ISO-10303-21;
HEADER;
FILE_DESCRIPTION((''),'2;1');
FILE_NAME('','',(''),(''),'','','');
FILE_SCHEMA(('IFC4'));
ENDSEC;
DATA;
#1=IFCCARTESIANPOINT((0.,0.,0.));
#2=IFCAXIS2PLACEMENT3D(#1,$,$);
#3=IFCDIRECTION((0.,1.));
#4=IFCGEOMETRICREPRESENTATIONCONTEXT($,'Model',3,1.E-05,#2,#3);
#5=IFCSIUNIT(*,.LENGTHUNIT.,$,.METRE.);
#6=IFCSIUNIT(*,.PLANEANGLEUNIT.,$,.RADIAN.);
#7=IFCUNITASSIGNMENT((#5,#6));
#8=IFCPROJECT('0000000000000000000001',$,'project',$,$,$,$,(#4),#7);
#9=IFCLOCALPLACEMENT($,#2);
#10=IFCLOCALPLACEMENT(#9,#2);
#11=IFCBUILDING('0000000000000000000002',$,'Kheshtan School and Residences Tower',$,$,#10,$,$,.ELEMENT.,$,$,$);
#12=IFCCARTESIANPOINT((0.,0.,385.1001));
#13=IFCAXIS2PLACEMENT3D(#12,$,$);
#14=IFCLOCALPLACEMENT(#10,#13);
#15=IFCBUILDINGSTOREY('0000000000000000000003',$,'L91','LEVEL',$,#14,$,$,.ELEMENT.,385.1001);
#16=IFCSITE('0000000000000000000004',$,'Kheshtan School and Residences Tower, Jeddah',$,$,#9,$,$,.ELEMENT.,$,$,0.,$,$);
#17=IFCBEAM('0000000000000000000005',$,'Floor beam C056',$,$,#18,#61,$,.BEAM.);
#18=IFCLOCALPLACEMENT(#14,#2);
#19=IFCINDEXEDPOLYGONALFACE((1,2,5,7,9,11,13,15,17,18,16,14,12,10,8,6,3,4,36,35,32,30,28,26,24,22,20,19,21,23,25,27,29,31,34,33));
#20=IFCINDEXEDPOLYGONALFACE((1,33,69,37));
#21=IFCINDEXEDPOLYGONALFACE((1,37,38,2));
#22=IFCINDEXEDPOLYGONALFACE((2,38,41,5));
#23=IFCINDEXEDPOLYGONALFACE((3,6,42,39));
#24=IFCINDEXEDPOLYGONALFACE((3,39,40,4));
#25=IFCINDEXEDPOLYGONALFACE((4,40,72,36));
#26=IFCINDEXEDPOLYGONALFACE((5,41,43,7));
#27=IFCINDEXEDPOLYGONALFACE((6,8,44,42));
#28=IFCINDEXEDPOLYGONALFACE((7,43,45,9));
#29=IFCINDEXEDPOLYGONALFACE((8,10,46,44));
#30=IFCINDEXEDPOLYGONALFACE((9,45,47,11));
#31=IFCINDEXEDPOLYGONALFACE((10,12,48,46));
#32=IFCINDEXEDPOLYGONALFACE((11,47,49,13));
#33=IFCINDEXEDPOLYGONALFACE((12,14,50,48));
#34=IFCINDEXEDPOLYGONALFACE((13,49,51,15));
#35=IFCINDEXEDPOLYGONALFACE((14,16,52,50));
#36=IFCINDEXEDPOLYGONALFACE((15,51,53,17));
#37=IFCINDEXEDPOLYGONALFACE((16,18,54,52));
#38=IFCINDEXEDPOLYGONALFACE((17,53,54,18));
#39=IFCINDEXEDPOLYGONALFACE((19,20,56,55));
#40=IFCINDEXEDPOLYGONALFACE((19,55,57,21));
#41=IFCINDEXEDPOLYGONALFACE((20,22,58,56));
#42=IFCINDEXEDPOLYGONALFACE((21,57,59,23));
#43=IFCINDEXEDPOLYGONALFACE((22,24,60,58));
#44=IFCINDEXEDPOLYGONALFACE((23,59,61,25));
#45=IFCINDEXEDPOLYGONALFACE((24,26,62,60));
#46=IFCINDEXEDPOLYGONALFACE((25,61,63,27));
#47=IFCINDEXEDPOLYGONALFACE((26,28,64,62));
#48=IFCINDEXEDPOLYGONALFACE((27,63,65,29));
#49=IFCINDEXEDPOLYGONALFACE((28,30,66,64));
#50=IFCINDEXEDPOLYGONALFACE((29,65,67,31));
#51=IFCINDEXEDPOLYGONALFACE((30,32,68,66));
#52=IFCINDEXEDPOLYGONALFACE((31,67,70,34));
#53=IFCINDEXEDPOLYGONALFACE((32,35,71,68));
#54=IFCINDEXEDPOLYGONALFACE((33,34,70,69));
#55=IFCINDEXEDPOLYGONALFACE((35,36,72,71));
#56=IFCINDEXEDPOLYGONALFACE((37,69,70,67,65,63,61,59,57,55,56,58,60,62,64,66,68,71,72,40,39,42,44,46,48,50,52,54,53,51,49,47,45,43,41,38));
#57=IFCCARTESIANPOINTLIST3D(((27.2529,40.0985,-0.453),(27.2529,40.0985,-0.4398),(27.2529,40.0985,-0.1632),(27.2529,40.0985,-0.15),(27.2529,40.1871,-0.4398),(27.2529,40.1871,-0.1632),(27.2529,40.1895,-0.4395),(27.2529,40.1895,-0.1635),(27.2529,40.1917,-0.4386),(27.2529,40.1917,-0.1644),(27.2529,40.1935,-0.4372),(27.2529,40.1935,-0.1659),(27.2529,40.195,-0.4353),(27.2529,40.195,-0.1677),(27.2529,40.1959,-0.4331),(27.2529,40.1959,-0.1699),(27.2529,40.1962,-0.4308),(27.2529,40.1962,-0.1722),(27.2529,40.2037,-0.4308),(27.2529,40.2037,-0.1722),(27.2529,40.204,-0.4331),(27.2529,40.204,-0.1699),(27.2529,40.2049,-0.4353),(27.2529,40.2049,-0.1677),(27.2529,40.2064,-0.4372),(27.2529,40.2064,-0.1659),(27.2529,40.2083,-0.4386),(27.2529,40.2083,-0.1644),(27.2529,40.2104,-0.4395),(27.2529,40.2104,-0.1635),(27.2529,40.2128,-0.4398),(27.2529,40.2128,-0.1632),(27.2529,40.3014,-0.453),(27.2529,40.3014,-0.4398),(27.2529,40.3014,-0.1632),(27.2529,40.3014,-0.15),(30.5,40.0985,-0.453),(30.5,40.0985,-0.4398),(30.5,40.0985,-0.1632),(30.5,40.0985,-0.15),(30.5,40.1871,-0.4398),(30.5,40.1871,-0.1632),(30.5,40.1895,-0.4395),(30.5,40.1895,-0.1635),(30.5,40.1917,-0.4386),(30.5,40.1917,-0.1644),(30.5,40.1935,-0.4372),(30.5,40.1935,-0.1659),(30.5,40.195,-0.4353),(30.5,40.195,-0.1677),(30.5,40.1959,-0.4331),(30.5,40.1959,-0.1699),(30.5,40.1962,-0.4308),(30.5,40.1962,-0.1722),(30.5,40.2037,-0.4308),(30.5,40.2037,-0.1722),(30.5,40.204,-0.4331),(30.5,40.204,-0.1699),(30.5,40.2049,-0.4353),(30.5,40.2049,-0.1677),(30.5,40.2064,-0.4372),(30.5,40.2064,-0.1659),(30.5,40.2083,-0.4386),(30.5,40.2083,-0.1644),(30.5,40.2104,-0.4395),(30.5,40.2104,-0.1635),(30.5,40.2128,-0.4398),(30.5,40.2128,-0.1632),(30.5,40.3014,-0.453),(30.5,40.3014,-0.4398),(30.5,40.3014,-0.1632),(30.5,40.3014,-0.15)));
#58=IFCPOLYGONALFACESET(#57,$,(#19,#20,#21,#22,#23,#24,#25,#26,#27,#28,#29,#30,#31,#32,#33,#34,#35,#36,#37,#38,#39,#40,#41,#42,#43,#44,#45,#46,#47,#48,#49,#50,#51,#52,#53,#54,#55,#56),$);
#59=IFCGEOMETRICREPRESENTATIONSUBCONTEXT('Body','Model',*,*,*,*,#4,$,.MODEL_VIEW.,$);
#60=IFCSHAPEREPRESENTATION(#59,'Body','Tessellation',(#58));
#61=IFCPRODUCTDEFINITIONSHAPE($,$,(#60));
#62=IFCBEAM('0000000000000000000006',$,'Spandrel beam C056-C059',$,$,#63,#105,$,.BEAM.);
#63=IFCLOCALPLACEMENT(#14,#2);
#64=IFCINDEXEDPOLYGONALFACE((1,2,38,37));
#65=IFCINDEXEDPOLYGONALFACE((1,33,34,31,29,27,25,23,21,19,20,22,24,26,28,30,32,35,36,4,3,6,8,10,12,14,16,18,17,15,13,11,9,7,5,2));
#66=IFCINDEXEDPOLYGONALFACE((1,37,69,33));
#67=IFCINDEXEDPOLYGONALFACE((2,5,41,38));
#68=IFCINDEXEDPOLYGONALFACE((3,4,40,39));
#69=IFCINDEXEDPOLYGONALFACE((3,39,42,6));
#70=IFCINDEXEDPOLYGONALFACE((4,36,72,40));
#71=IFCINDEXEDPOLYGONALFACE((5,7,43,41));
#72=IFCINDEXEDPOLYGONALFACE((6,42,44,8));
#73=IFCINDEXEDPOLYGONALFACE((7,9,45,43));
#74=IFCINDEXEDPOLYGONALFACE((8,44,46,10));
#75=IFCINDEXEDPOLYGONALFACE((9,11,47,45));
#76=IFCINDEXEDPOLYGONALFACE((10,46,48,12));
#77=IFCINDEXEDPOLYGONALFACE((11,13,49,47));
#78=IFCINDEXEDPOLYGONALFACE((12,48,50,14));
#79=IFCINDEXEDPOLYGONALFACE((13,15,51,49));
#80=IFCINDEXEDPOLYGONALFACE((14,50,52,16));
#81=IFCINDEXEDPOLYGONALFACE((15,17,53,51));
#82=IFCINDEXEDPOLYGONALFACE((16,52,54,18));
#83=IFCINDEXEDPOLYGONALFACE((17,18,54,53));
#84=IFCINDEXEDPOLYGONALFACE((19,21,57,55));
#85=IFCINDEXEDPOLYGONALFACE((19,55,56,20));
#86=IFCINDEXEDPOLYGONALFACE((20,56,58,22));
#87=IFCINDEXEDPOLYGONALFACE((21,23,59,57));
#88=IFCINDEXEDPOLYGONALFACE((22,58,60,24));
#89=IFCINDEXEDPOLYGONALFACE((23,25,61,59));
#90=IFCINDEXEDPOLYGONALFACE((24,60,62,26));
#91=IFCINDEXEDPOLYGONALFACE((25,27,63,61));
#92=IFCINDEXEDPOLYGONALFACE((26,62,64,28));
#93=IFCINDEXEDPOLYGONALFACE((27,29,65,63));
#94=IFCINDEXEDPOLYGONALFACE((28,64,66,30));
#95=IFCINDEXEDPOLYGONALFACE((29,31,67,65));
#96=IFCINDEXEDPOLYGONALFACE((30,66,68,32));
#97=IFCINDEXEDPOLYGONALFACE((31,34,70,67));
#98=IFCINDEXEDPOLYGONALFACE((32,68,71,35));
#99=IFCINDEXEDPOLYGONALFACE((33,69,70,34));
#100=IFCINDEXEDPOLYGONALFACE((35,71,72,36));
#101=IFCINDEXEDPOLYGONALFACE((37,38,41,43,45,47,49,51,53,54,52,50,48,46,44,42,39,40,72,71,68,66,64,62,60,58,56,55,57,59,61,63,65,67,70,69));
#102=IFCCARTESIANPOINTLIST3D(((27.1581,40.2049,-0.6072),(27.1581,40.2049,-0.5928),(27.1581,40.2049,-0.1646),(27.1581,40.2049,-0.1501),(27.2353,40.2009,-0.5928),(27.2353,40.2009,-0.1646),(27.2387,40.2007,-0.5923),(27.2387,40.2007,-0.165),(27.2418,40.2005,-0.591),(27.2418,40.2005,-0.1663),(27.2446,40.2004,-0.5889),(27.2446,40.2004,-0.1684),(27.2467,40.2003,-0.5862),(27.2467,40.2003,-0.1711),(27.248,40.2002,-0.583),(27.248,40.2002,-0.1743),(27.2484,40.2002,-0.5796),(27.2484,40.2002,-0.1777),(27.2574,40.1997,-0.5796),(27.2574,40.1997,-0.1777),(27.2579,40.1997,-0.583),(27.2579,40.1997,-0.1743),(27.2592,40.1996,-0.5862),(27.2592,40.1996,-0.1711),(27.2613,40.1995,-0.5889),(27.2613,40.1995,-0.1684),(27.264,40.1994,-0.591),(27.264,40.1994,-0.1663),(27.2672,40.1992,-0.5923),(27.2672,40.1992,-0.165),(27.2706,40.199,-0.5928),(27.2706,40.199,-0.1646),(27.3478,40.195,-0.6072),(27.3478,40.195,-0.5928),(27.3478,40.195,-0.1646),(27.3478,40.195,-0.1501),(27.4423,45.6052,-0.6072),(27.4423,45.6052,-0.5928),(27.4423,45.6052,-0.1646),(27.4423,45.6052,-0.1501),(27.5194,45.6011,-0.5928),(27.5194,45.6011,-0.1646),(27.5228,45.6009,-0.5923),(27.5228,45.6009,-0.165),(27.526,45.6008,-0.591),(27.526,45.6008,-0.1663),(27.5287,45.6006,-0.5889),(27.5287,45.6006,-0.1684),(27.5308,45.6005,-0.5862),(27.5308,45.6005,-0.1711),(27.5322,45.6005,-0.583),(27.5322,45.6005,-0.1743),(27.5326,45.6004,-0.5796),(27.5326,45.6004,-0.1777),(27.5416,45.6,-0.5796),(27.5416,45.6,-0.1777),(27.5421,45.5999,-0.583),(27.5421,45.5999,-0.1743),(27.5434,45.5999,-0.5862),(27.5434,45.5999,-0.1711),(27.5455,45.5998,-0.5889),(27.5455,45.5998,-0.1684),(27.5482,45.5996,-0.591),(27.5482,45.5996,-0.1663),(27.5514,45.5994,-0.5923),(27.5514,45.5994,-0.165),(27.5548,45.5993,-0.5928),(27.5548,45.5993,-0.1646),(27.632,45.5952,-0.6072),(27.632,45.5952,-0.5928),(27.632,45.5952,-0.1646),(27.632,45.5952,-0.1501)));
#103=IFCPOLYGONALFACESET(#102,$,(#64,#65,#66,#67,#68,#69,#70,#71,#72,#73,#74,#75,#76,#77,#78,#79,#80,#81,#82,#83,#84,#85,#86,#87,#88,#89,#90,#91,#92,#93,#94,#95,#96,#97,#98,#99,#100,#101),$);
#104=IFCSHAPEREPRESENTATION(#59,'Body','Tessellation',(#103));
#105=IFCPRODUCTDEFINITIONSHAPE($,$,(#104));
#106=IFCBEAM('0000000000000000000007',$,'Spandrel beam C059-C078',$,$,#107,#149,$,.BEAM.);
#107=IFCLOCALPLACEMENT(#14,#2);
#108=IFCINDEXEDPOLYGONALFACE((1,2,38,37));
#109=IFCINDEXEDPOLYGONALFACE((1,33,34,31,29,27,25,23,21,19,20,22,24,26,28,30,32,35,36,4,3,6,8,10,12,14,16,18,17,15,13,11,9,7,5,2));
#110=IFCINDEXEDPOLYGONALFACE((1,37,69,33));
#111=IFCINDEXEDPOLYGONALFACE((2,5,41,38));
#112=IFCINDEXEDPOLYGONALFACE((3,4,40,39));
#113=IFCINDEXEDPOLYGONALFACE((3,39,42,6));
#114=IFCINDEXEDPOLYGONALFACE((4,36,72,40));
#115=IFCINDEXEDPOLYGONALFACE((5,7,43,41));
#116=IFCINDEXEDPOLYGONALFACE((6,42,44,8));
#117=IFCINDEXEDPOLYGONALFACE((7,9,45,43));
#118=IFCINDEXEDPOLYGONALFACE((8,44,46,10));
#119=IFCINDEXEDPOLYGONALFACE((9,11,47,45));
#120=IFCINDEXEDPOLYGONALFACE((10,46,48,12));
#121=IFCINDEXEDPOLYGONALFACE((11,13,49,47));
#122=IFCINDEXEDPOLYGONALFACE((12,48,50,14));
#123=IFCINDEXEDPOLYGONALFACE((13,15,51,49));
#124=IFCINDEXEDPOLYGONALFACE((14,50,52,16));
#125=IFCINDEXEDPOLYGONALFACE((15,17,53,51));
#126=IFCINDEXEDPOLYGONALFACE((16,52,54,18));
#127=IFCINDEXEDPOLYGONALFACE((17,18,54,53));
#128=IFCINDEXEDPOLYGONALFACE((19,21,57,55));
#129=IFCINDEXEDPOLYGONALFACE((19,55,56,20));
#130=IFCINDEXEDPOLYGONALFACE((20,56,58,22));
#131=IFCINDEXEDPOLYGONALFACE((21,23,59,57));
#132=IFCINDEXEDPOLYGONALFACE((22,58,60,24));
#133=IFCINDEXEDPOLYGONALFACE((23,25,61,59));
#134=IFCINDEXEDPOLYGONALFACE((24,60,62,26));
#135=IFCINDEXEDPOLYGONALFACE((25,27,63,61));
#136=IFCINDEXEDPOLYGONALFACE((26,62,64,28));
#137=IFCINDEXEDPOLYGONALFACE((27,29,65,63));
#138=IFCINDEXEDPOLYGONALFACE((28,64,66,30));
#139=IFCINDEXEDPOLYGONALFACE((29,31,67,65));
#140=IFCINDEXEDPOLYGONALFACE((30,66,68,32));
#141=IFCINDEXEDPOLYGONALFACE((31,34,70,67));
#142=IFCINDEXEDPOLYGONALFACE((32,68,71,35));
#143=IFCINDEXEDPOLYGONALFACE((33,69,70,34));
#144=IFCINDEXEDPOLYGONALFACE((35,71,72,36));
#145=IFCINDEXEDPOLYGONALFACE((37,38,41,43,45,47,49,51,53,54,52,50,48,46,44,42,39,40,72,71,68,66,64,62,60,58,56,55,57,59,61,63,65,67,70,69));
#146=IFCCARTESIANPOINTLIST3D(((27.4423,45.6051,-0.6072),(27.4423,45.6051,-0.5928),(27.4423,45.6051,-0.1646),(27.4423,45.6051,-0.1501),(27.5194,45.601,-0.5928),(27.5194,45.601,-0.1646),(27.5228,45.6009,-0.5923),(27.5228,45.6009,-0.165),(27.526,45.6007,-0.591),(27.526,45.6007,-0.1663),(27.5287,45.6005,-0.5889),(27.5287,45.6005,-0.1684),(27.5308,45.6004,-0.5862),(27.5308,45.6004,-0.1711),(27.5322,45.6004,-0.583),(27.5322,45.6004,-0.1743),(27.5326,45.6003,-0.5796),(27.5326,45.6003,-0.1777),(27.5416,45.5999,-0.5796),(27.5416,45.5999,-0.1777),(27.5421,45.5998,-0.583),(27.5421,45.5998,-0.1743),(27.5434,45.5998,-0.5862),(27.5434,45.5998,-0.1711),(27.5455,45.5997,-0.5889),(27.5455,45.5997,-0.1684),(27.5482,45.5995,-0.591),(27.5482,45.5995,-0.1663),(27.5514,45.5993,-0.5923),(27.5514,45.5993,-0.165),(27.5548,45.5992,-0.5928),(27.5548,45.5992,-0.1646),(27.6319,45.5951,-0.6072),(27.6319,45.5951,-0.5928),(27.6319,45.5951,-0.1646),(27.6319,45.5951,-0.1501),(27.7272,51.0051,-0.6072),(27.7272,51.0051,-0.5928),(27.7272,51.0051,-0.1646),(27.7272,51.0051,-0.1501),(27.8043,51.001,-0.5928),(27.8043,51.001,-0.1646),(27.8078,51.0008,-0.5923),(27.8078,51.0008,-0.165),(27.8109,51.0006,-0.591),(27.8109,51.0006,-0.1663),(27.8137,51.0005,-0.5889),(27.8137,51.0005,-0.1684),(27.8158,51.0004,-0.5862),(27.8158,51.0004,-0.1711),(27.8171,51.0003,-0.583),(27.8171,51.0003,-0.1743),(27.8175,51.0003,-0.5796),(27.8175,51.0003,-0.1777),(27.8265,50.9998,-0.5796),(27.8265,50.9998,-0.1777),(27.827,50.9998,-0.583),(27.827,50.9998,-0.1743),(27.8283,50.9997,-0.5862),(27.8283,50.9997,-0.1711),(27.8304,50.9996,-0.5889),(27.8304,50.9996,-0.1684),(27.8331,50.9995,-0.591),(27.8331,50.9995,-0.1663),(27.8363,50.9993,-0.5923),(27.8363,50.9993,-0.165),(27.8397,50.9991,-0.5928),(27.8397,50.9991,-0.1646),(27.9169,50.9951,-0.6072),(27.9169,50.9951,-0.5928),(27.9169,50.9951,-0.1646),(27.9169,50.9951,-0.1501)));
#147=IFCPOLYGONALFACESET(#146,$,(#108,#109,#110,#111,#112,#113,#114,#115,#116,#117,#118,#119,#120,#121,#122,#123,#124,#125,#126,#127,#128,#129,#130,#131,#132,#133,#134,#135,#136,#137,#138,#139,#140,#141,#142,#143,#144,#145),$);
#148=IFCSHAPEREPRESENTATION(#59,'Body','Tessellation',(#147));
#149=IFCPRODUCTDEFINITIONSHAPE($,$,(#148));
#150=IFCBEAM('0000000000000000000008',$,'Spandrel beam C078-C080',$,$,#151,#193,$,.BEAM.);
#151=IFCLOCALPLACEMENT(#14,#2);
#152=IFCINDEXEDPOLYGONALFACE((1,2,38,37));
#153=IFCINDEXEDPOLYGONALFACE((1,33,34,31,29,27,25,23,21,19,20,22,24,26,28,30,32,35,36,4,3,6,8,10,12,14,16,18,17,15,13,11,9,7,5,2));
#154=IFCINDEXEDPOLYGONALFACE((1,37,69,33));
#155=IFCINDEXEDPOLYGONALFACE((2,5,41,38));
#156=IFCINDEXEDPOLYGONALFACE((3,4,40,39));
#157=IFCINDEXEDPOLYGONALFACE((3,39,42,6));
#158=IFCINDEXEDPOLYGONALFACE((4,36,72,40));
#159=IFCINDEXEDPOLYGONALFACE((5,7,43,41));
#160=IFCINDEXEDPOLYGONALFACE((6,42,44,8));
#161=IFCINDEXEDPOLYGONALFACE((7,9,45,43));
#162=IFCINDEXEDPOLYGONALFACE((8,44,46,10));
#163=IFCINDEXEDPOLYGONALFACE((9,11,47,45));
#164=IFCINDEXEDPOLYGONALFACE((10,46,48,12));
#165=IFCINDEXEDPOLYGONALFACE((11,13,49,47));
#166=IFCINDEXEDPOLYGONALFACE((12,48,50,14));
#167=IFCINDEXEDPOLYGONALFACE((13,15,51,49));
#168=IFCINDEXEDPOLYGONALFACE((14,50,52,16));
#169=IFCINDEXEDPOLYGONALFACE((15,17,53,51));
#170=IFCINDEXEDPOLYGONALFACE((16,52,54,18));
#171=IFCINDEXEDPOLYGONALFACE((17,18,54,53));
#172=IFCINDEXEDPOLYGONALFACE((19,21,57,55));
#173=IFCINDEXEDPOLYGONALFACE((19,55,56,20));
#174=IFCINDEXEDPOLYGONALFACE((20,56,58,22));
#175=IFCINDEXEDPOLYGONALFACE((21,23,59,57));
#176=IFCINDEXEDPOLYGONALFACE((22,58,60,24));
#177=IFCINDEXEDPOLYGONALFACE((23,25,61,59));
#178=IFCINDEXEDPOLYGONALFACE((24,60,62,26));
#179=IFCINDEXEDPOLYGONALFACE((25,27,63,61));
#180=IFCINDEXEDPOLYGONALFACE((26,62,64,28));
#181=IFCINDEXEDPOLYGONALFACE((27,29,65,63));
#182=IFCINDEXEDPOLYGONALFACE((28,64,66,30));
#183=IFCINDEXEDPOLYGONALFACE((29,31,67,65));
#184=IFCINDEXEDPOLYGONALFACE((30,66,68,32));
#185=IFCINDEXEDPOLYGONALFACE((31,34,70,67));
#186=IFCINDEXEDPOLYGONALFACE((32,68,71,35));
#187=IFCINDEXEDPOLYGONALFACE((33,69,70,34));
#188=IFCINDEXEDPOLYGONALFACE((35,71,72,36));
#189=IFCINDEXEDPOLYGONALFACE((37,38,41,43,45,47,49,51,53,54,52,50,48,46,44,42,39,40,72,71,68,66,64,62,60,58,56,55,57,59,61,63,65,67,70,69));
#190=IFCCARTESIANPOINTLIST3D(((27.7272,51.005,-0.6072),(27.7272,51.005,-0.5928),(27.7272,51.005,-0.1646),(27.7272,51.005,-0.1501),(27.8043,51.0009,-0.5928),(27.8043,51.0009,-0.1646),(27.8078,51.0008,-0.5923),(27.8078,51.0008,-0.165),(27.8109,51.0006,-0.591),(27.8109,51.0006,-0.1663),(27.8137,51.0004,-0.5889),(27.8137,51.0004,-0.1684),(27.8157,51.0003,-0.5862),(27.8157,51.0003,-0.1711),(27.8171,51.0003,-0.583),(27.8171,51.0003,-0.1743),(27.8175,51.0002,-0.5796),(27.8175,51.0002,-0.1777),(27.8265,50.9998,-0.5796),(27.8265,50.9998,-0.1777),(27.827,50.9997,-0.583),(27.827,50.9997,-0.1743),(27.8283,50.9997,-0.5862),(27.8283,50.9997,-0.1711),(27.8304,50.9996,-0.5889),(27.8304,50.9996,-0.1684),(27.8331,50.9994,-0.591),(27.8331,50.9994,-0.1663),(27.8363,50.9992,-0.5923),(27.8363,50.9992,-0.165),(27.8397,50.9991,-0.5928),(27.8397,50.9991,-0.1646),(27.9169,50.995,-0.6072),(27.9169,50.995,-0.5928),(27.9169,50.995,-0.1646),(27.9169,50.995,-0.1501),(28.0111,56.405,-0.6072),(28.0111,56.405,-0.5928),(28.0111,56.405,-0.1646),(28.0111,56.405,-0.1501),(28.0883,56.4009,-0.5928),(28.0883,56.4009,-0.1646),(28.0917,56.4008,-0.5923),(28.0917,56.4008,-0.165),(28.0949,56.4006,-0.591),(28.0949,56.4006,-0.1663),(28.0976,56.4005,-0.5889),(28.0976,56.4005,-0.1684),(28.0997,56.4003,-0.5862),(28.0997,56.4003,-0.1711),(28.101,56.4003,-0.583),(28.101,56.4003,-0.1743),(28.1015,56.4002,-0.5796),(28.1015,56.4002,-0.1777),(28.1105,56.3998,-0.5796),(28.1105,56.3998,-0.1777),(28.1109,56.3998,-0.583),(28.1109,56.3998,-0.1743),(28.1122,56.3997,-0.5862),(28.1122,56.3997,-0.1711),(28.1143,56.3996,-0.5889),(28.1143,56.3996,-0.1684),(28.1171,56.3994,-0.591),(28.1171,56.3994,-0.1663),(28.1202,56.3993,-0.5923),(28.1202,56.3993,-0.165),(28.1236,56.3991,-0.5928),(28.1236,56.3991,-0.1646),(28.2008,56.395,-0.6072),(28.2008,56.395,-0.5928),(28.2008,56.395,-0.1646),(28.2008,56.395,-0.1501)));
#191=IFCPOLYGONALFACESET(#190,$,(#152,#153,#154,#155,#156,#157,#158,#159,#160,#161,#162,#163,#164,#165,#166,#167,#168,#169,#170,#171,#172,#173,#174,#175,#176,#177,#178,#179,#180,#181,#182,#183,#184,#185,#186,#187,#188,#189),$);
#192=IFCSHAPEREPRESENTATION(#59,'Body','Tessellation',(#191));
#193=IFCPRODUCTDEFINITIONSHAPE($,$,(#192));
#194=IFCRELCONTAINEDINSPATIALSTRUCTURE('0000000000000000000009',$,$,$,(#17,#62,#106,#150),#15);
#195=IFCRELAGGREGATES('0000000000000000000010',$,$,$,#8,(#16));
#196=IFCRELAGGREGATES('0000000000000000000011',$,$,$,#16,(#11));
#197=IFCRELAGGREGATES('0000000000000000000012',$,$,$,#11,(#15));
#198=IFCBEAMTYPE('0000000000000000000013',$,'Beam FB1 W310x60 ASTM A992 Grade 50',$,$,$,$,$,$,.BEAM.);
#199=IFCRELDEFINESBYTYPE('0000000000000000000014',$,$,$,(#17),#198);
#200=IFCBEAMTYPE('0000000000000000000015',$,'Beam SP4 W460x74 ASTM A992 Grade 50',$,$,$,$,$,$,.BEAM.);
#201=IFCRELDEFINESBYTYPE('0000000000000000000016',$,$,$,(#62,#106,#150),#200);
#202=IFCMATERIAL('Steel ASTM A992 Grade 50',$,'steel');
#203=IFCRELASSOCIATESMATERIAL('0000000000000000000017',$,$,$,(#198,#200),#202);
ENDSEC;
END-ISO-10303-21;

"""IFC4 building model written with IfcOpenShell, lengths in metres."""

from ifc_helpers import new_model, si_unit, direction, frame, origin, origin_2d, place, context, subcontext, project, spatial, i_section, extrude, material, material_profile, profile_set, type_object, element, save


model = new_model("IFC4")

# Units and contexts
model_context = context("Model", 3, precision=1e-05, world=origin(), true_north=direction((0.0, 1.0)))
body_context = subcontext(model_context, "Body", "Model", "MODEL_VIEW")
ifc_project = project(units=[si_unit("LENGTHUNIT", "METRE"), si_unit("PLANEANGLEUNIT", "RADIAN")], contexts=[model_context])

# Site, building, storey
site_placement = place(None, origin())
site = spatial("IfcSite", under=ifc_project, at=site_placement, Name="Kheshtan School and Residences Tower, Jeddah", CompositionType="ELEMENT", RefElevation=0.0)
building_placement = place(site_placement, origin())
building = spatial("IfcBuilding", under=site, at=building_placement, Name="Kheshtan School and Residences Tower", CompositionType="ELEMENT")
storey_placement = place(building_placement, frame((0.0, 0.0, 385.1001)))
storey = spatial("IfcBuildingStorey", under=building, at=storey_placement, Name="L91", Description="LEVEL", CompositionType="ELEMENT", Elevation=385.1001)

# Shared definitions
ifc_material_1 = material(Name="Steel ASTM A992 Grade 50", Category="steel")

# Beams
ifc_material_profile_1 = material_profile(ifc_material_1, i_section(OverallWidth=0.2029, OverallDepth=0.303, WebThickness=0.0076, FlangeThickness=0.0132, FilletRadius=0.009, at=origin_2d()), Name="W310x60")
ifc_profile_set_1 = profile_set([ifc_material_profile_1], Name="Steel ASTM A992 Grade 50")
beam_type_1 = type_object("IfcBeamType", Name="Beam FB1 W310x60 ASTM A992 Grade 50", PredefinedType="BEAM", material=ifc_profile_set_1)
beam_1_placement = place(storey_placement, frame((27.2529, 40.2, -0.3015), z_axis=(1.0, 0.0, 0.0), x_axis=(0.0, 1.0, 0.0)))
element("IfcBeam", 1, at=beam_1_placement, inside=storey, type_object=beam_type_1, Name="Floor beam C056", PredefinedType="BEAM", context=body_context, shape_type="SweptSolid", body=[
    extrude(i_section(OverallWidth=0.2029, OverallDepth=0.303, WebThickness=0.0076, FlangeThickness=0.0132, FilletRadius=0.009, at=origin_2d()), origin(), (0.0, 0.0, 1.0), 3.2471),
])
ifc_material_profile_2 = material_profile(ifc_material_1, i_section(OverallWidth=0.1899, OverallDepth=0.457, WebThickness=0.009, FlangeThickness=0.0144, FilletRadius=0.0132, at=origin_2d()), Name="W460x74")
ifc_profile_set_2 = profile_set([ifc_material_profile_2], Name="Steel ASTM A992 Grade 50")
beam_type_2 = type_object("IfcBeamType", Name="Beam SP4 W460x74 ASTM A992 Grade 50", PredefinedType="BEAM", material=ifc_profile_set_2)
beam_2_placement = place(storey_placement, frame((27.2529, 40.2, -0.3787), z_axis=(0.052552, 0.998618, 0.0), x_axis=(-0.998618, 0.052552, 0.0)))
element("IfcBeam", 2, at=beam_2_placement, inside=storey, type_object=beam_type_2, Name="Spandrel beam C056-C059", PredefinedType="BEAM", context=body_context, shape_type="SweptSolid", body=[
    extrude(i_section(OverallWidth=0.1899, OverallDepth=0.457, WebThickness=0.009, FlangeThickness=0.0144, FilletRadius=0.0132, at=origin_2d()), origin(), (0.0, 0.0, 1.0), 5.4077),
])
for number, where, z_axis, x_axis, name in (
    (3, (27.5371, 45.6001, -0.3787), (0.052689, 0.998611, 0.0), (-0.998611, 0.052689, 0.0), "Spandrel beam C059-C078"),
    (4, (27.822, 51.0, -0.3787), (0.052509, 0.99862, 0.0), (-0.99862, 0.052509, 0.0), "Spandrel beam C078-C080"),
):
    element("IfcBeam", number, at=place(storey_placement, frame(where, z_axis=z_axis, x_axis=x_axis)), inside=storey, type_object=beam_type_2, Name=name, PredefinedType="BEAM", context=body_context, shape_type="SweptSolid", body=[
        extrude(i_section(OverallWidth=0.1899, OverallDepth=0.457, WebThickness=0.009, FlangeThickness=0.0144, FilletRadius=0.0132, at=origin_2d()), origin(), (0.0, 0.0, 1.0), 5.4075),
    ])

save(model, "model.ifc")
